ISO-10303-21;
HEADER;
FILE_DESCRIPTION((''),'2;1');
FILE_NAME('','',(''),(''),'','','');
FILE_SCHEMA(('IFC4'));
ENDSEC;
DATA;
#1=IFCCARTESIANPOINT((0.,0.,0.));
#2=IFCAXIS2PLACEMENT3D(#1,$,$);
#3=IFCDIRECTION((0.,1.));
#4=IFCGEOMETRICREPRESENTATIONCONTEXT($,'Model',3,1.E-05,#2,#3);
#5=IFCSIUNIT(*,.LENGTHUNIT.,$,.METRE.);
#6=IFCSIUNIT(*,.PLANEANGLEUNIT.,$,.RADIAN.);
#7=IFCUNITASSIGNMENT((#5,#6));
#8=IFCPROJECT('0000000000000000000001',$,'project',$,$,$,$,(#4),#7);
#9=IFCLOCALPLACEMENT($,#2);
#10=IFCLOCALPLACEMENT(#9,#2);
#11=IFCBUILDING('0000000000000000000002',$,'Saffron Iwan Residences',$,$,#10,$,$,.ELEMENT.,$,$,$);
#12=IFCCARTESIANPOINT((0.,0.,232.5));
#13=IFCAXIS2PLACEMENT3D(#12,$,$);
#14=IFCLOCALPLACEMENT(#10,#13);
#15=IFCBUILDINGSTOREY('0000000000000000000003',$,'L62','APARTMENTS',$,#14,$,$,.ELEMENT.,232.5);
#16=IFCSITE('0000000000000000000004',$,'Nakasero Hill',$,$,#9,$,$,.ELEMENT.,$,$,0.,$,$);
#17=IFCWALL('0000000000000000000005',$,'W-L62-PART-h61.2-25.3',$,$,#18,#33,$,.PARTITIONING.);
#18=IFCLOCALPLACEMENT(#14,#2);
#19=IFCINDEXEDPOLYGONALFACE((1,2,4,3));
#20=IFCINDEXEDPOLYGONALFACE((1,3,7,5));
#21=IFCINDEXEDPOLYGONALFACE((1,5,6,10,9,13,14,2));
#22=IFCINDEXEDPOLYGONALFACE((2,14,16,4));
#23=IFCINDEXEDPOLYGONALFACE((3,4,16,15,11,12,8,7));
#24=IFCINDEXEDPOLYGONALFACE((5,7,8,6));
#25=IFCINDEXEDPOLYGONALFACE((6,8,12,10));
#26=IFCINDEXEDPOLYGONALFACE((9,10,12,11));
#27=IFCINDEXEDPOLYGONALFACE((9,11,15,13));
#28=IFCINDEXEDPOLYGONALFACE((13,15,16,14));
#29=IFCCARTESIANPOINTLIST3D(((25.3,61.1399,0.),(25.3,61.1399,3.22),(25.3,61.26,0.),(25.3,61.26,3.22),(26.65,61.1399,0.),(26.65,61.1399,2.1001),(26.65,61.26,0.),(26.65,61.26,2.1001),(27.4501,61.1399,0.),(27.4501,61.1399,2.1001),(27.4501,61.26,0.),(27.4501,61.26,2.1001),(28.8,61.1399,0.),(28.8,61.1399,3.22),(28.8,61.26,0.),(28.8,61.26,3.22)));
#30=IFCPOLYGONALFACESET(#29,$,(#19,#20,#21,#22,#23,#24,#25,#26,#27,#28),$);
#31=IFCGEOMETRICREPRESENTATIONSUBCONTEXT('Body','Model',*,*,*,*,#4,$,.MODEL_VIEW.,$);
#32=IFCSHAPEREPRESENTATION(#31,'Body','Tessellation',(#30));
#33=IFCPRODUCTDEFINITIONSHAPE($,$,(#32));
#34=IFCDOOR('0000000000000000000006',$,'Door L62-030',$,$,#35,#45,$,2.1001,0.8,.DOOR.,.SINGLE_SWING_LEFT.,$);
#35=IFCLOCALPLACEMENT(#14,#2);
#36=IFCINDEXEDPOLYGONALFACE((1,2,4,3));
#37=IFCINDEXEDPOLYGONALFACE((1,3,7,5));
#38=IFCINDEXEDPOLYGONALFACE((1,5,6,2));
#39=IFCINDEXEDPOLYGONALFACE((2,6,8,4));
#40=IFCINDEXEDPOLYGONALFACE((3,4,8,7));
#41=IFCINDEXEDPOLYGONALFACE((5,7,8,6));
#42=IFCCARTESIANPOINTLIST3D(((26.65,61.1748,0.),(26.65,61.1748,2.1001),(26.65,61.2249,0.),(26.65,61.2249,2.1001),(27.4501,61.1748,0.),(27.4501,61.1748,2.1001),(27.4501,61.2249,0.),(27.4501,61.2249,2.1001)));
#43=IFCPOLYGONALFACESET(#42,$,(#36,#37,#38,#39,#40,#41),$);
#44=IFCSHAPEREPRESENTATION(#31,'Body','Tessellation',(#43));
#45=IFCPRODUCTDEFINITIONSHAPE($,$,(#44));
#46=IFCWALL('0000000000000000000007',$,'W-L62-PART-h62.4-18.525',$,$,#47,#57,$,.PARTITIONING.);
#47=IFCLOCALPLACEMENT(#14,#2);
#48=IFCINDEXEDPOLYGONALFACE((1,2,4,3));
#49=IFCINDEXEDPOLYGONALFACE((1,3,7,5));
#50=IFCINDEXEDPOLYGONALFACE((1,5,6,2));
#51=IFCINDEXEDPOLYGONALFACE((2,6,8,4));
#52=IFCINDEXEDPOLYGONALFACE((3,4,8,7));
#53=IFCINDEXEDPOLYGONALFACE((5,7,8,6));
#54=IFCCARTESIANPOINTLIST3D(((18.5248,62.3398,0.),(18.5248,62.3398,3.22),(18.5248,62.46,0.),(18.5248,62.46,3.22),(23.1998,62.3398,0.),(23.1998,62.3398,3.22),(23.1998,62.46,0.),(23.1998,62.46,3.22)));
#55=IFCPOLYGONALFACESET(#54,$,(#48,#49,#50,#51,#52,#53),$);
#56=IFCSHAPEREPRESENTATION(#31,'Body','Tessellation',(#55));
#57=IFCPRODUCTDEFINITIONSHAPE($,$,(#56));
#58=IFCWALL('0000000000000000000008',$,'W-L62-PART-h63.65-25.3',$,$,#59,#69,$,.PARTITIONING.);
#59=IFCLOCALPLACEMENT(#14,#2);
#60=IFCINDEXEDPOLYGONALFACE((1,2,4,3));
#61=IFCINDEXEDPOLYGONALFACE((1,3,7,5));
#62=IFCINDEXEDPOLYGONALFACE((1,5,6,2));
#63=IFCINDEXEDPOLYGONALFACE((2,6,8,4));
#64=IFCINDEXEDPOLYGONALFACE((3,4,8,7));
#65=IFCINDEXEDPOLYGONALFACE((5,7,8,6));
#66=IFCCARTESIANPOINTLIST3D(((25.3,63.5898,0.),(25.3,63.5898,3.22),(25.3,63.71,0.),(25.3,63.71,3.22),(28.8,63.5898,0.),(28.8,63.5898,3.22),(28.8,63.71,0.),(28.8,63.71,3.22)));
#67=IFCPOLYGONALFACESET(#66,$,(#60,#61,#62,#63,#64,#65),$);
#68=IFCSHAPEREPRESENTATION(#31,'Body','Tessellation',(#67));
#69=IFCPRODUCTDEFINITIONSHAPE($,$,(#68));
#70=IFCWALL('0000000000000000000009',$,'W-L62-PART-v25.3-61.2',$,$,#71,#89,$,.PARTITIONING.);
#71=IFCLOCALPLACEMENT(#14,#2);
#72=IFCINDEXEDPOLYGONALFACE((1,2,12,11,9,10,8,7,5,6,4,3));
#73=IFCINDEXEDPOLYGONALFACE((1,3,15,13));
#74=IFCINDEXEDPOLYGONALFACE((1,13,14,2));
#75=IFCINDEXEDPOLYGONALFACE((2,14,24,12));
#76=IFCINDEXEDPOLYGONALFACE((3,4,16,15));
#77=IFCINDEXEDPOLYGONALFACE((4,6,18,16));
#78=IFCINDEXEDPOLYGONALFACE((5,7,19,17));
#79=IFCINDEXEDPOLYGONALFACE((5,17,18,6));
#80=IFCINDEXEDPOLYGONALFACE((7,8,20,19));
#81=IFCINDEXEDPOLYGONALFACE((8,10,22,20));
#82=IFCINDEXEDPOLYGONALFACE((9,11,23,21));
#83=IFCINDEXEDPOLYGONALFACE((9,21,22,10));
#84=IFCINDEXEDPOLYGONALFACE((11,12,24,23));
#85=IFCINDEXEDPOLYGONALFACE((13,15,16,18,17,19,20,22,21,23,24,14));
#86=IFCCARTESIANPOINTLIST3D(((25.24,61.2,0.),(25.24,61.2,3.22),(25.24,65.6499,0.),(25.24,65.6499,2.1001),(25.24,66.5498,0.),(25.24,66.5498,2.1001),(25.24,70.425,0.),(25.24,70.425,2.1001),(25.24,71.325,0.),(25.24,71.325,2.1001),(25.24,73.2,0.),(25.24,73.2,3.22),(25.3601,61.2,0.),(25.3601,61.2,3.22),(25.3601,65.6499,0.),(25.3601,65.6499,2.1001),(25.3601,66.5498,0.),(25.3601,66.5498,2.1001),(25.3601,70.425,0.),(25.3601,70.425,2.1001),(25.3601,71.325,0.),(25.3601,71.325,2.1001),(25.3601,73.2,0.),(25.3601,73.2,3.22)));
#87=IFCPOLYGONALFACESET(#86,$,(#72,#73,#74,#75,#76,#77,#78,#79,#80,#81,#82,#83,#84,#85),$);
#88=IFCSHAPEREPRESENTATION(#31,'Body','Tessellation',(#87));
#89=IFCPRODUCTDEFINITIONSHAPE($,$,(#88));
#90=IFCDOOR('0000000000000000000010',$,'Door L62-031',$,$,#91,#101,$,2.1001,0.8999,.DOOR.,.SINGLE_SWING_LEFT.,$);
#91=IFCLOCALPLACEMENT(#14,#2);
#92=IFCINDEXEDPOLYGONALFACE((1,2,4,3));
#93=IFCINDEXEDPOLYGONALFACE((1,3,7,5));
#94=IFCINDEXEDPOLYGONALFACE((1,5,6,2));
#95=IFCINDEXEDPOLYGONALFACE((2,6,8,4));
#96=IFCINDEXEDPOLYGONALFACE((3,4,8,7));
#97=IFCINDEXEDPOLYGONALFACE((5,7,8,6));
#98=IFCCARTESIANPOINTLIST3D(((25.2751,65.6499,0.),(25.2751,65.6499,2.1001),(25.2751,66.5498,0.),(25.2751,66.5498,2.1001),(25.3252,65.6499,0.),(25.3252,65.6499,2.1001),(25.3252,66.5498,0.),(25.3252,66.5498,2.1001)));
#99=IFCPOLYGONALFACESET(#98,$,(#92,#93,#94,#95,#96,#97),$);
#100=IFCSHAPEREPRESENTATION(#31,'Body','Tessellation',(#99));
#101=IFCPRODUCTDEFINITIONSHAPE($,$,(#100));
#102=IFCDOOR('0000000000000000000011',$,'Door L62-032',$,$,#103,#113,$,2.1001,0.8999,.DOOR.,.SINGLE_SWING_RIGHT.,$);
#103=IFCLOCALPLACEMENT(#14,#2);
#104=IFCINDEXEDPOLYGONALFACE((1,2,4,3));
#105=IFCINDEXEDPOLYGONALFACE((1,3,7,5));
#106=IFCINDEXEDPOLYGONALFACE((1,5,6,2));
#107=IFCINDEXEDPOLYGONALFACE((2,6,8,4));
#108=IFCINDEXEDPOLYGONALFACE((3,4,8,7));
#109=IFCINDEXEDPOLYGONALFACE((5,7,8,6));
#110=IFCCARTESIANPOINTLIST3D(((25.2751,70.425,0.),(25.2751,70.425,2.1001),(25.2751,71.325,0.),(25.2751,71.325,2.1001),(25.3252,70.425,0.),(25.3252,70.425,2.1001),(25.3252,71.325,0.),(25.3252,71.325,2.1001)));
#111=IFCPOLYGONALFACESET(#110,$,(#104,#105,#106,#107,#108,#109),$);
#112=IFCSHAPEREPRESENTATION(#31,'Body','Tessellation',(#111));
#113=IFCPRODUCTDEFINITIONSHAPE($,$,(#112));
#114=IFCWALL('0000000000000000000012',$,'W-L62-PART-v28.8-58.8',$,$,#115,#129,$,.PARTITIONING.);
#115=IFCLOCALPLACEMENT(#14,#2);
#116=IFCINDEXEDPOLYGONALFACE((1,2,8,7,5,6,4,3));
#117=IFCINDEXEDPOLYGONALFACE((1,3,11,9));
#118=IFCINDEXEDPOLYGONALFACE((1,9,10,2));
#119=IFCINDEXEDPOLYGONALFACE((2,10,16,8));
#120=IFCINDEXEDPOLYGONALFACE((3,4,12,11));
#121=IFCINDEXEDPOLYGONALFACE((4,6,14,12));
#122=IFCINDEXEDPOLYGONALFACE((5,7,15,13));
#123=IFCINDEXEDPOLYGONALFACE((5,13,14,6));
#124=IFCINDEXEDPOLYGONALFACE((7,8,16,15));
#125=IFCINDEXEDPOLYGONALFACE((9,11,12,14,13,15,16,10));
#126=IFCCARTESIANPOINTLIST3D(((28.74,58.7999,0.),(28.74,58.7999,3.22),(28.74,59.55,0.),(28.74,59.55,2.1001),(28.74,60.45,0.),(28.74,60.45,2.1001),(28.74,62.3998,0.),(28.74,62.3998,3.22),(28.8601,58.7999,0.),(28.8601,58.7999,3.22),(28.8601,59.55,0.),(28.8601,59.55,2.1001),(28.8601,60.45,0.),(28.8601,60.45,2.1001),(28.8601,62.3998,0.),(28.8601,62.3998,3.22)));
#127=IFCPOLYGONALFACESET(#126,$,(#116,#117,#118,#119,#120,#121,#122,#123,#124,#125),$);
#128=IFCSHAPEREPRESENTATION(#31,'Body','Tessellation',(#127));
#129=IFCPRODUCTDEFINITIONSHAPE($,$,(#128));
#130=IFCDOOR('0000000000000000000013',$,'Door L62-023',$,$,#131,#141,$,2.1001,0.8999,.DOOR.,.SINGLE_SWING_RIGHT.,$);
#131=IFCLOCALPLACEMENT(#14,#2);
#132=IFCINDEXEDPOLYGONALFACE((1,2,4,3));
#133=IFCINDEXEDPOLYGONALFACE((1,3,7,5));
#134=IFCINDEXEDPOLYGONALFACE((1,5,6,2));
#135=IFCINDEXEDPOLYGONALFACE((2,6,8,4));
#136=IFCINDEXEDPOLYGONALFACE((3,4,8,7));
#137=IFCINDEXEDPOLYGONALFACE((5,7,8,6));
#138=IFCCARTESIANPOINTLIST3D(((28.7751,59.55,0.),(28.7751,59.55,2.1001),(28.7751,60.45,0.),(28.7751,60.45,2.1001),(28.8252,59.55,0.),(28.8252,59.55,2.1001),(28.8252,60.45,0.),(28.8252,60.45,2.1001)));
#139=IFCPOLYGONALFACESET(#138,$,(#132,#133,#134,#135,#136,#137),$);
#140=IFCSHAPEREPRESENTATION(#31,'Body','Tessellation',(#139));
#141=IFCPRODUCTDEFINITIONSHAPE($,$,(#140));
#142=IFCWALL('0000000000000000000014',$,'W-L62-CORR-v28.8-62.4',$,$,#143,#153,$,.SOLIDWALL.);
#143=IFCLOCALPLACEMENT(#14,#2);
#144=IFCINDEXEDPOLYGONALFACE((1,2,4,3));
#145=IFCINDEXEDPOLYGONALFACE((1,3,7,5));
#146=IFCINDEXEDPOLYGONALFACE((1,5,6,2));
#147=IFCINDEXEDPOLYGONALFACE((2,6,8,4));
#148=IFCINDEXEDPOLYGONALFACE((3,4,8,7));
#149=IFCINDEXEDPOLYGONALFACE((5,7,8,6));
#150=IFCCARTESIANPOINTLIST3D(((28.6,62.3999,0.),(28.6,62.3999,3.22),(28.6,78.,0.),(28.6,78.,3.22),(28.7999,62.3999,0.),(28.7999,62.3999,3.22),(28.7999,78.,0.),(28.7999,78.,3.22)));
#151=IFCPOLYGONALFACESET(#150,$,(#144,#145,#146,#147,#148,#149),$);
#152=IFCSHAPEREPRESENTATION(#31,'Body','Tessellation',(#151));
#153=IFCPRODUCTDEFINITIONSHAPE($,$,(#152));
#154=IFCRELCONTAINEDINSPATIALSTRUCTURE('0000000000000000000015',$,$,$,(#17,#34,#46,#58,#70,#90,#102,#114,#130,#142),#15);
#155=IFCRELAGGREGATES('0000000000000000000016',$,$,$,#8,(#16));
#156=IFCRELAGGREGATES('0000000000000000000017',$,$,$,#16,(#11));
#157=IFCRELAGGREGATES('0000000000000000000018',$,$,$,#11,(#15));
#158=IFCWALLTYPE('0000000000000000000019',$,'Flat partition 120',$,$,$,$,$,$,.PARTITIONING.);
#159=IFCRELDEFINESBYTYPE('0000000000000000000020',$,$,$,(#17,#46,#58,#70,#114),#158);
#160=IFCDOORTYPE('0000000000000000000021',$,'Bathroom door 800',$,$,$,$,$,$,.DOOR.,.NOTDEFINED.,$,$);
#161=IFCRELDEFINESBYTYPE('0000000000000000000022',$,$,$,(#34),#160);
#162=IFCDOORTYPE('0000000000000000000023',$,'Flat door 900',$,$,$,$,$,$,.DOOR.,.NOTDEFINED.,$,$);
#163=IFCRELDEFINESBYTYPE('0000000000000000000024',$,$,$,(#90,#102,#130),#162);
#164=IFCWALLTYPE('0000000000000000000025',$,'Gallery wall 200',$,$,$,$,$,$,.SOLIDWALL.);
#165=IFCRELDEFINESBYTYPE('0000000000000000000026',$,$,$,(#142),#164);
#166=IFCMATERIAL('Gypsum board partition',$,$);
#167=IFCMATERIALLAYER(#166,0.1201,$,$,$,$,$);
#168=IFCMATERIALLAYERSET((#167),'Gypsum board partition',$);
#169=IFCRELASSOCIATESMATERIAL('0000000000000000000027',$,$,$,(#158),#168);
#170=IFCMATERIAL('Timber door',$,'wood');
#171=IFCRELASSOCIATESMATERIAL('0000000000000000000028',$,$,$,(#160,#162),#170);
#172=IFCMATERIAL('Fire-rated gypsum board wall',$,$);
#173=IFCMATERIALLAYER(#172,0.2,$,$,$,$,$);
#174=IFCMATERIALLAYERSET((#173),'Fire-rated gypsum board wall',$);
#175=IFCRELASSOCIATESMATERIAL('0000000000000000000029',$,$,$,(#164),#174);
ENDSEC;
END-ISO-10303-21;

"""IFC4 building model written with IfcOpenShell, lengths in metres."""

from ifc_helpers import new_model, si_unit, direction, frame, frame_2d, origin, place, context, subcontext, project, spatial, rectangle, extrude, material, layer, layer_set, type_object, element, fill, save


model = new_model("IFC4")

# Units and contexts
model_context = context("Model", 3, precision=1e-05, world=origin(), true_north=direction((0.0, 1.0)))
body_context = subcontext(model_context, "Body", "Model", "MODEL_VIEW")
ifc_project = project(units=[si_unit("LENGTHUNIT", "METRE"), si_unit("PLANEANGLEUNIT", "RADIAN")], contexts=[model_context])

# Site, building, storey
site_placement = place(None, origin())
site = spatial("IfcSite", under=ifc_project, at=site_placement, Name="Nakasero Hill", CompositionType="ELEMENT", RefElevation=0.0)
building_placement = place(site_placement, origin())
building = spatial("IfcBuilding", under=site, at=building_placement, Name="Saffron Iwan Residences", CompositionType="ELEMENT")
storey_placement = place(building_placement, frame((0.0, 0.0, 232.5)))
storey = spatial("IfcBuildingStorey", under=building, at=storey_placement, Name="L62", Description="APARTMENTS", CompositionType="ELEMENT", Elevation=232.5)

# Shared definitions
ifc_material_1 = material(Name="Fire-rated gypsum board wall")
ifc_material_2 = material(Name="Gypsum board partition")
ifc_layer_1 = layer(ifc_material_2, 0.1201)
ifc_layer_set_1 = layer_set([ifc_layer_1], Name="Gypsum board partition")
wall_type_1 = type_object("IfcWallType", Name="Flat partition 120", PredefinedType="PARTITIONING", material=ifc_layer_set_1)

# Wall, opening, door
wall_1_placement = place(storey_placement, frame((25.3, 61.2, 0.0), z_axis=(0.0, 0.0, 1.0), x_axis=(1.0, 0.0, 0.0)))
wall_1 = element("IfcWall", 1, at=wall_1_placement, inside=storey, type_object=wall_type_1, Name="W-L62-PART-h61.2-25.3", PredefinedType="PARTITIONING", context=body_context, shape_type="SweptSolid", body=[
    extrude(rectangle(XDim=3.5, YDim=0.1201, at=frame_2d((1.75, 0.0))), origin(), (0.0, 0.0, 1.0), 3.22),
])
opening_1_placement = place(wall_1_placement, frame((1.3501, 0.0, 0.0)))
opening_1 = element("IfcOpeningElement", 2, at=opening_1_placement, cuts=wall_1, PredefinedType="OPENING", context=body_context, shape_type="SweptSolid", body=[
    extrude(rectangle(XDim=0.8, YDim=2.1001, at=frame_2d((0.3999, 1.05))), frame((0.0, 0.0701, 0.0), z_axis=(0.0, -1.0, 0.0), x_axis=(1.0, 0.0, 0.0)), (0.0, 0.0, 1.0), 0.1401),
])
ifc_material_3 = material(Name="Timber door", Category="wood")
door_type_1 = type_object("IfcDoorType", Name="Bathroom door 800", OperationType="NOTDEFINED", PredefinedType="DOOR", material=ifc_material_3)
door_1_placement = place(opening_1_placement, origin())
door_1 = element("IfcDoor", 3, at=door_1_placement, inside=storey, type_object=door_type_1, Name="Door L62-030", OperationType="SINGLE_SWING_LEFT", OverallHeight=2.1001, OverallWidth=0.8, PredefinedType="DOOR", context=body_context, shape_type="SweptSolid", body=[
    extrude(rectangle(XDim=0.8, YDim=2.1001, at=frame_2d((0.3999, 1.05))), frame((0.0, 0.0249, 0.0), z_axis=(0.0, -1.0, 0.0), x_axis=(1.0, 0.0, 0.0)), (0.0, 0.0, 1.0), 0.05),
])
fill(opening_1, door_1)

# Walls
wall_2_placement = place(storey_placement, frame((18.5249, 62.3999, 0.0), z_axis=(0.0, 0.0, 1.0), x_axis=(1.0, 0.0, 0.0)))
element("IfcWall", 4, at=wall_2_placement, inside=storey, type_object=wall_type_1, Name="W-L62-PART-h62.4-18.525", PredefinedType="PARTITIONING", context=body_context, shape_type="SweptSolid", body=[
    extrude(rectangle(XDim=4.675, YDim=0.1201, at=frame_2d((2.3374, 0.0))), origin(), (0.0, 0.0, 1.0), 3.22),
])
wall_3_placement = place(storey_placement, frame((25.3, 63.6499, 0.0), z_axis=(0.0, 0.0, 1.0), x_axis=(1.0, 0.0, 0.0)))
element("IfcWall", 5, at=wall_3_placement, inside=storey, type_object=wall_type_1, Name="W-L62-PART-h63.65-25.3", PredefinedType="PARTITIONING", context=body_context, shape_type="SweptSolid", body=[
    extrude(rectangle(XDim=3.5, YDim=0.1201, at=frame_2d((1.75, 0.0))), origin(), (0.0, 0.0, 1.0), 3.22),
])

# Wall, openings, doors
wall_4_placement = place(storey_placement, frame((25.3, 61.2, 0.0), z_axis=(0.0, 0.0, 1.0), x_axis=(0.0, 1.0, 0.0)))
wall_4 = element("IfcWall", 6, at=wall_4_placement, inside=storey, type_object=wall_type_1, Name="W-L62-PART-v25.3-61.2", PredefinedType="PARTITIONING", context=body_context, shape_type="SweptSolid", body=[
    extrude(rectangle(XDim=12.0, YDim=0.1201, at=frame_2d((6.0, 0.0))), origin(), (0.0, 0.0, 1.0), 3.22),
])
opening_2_placement = place(wall_4_placement, frame((4.45, 0.0, 0.0)))
opening_2 = element("IfcOpeningElement", 7, at=opening_2_placement, cuts=wall_4, PredefinedType="OPENING", context=body_context, shape_type="SweptSolid", body=[
    extrude(rectangle(XDim=0.8999, YDim=2.1001, at=frame_2d((0.45, 1.05))), frame((0.0, 0.0701, 0.0), z_axis=(0.0, -1.0, 0.0), x_axis=(1.0, 0.0, 0.0)), (0.0, 0.0, 1.0), 0.1401),
])
opening_3_placement = place(wall_4_placement, frame((9.2251, 0.0, 0.0)))
opening_3 = element("IfcOpeningElement", 8, at=opening_3_placement, cuts=wall_4, PredefinedType="OPENING", context=body_context, shape_type="SweptSolid", body=[
    extrude(rectangle(XDim=0.8999, YDim=2.1001, at=frame_2d((0.45, 1.05))), frame((0.0, 0.0701, 0.0), z_axis=(0.0, -1.0, 0.0), x_axis=(1.0, 0.0, 0.0)), (0.0, 0.0, 1.0), 0.1401),
])
door_type_2 = type_object("IfcDoorType", Name="Flat door 900", OperationType="NOTDEFINED", PredefinedType="DOOR", material=ifc_material_3)
door_2_placement = place(opening_2_placement, origin())
door_2 = element("IfcDoor", 9, at=door_2_placement, inside=storey, type_object=door_type_2, Name="Door L62-031", OperationType="SINGLE_SWING_LEFT", OverallHeight=2.1001, OverallWidth=0.8999, PredefinedType="DOOR", context=body_context, shape_type="SweptSolid", body=[
    extrude(rectangle(XDim=0.8999, YDim=2.1001, at=frame_2d((0.45, 1.05))), frame((0.0, 0.0249, 0.0), z_axis=(0.0, -1.0, 0.0), x_axis=(1.0, 0.0, 0.0)), (0.0, 0.0, 1.0), 0.05),
])
fill(opening_2, door_2)
door_3_placement = place(opening_3_placement, origin())
door_3 = element("IfcDoor", 10, at=door_3_placement, inside=storey, type_object=door_type_2, Name="Door L62-032", OperationType="SINGLE_SWING_RIGHT", OverallHeight=2.1001, OverallWidth=0.8999, PredefinedType="DOOR", context=body_context, shape_type="SweptSolid", body=[
    extrude(rectangle(XDim=0.8999, YDim=2.1001, at=frame_2d((0.45, 1.05))), frame((0.0, 0.0249, 0.0), z_axis=(0.0, -1.0, 0.0), x_axis=(1.0, 0.0, 0.0)), (0.0, 0.0, 1.0), 0.05),
])
fill(opening_3, door_3)

# Wall, opening, door
wall_5_placement = place(storey_placement, frame((28.8, 58.8, 0.0), z_axis=(0.0, 0.0, 1.0), x_axis=(0.0, 1.0, 0.0)))
wall_5 = element("IfcWall", 11, at=wall_5_placement, inside=storey, type_object=wall_type_1, Name="W-L62-PART-v28.8-58.8", PredefinedType="PARTITIONING", context=body_context, shape_type="SweptSolid", body=[
    extrude(rectangle(XDim=3.5999, YDim=0.1201, at=frame_2d((1.7998, 0.0))), origin(), (0.0, 0.0, 1.0), 3.22),
])
opening_4_placement = place(wall_5_placement, frame((0.75, 0.0, 0.0)))
opening_4 = element("IfcOpeningElement", 12, at=opening_4_placement, cuts=wall_5, PredefinedType="OPENING", context=body_context, shape_type="SweptSolid", body=[
    extrude(rectangle(XDim=0.8999, YDim=2.1001, at=frame_2d((0.45, 1.05))), frame((0.0, 0.0701, 0.0), z_axis=(0.0, -1.0, 0.0), x_axis=(1.0, 0.0, 0.0)), (0.0, 0.0, 1.0), 0.1401),
])
door_4_placement = place(opening_4_placement, origin())
door_4 = element("IfcDoor", 13, at=door_4_placement, inside=storey, type_object=door_type_2, Name="Door L62-023", OperationType="SINGLE_SWING_RIGHT", OverallHeight=2.1001, OverallWidth=0.8999, PredefinedType="DOOR", context=body_context, shape_type="SweptSolid", body=[
    extrude(rectangle(XDim=0.8999, YDim=2.1001, at=frame_2d((0.45, 1.05))), frame((0.0, 0.0249, 0.0), z_axis=(0.0, -1.0, 0.0), x_axis=(1.0, 0.0, 0.0)), (0.0, 0.0, 1.0), 0.05),
])
fill(opening_4, door_4)

# Wall
ifc_layer_2 = layer(ifc_material_1, 0.2)
ifc_layer_set_2 = layer_set([ifc_layer_2], Name="Fire-rated gypsum board wall")
wall_type_2 = type_object("IfcWallType", Name="Gallery wall 200", PredefinedType="SOLIDWALL", material=ifc_layer_set_2)
wall_6_placement = place(storey_placement, frame((28.7, 62.3999, 0.0), z_axis=(0.0, 0.0, 1.0), x_axis=(0.0, 1.0, 0.0)))
element("IfcWall", 14, at=wall_6_placement, inside=storey, type_object=wall_type_2, Name="W-L62-CORR-v28.8-62.4", PredefinedType="SOLIDWALL", context=body_context, shape_type="SweptSolid", body=[
    extrude(rectangle(XDim=15.6001, YDim=0.2, at=frame_2d((7.8, 0.0))), origin(), (0.0, 0.0, 1.0), 3.22),
])

save(model, "model.ifc")
